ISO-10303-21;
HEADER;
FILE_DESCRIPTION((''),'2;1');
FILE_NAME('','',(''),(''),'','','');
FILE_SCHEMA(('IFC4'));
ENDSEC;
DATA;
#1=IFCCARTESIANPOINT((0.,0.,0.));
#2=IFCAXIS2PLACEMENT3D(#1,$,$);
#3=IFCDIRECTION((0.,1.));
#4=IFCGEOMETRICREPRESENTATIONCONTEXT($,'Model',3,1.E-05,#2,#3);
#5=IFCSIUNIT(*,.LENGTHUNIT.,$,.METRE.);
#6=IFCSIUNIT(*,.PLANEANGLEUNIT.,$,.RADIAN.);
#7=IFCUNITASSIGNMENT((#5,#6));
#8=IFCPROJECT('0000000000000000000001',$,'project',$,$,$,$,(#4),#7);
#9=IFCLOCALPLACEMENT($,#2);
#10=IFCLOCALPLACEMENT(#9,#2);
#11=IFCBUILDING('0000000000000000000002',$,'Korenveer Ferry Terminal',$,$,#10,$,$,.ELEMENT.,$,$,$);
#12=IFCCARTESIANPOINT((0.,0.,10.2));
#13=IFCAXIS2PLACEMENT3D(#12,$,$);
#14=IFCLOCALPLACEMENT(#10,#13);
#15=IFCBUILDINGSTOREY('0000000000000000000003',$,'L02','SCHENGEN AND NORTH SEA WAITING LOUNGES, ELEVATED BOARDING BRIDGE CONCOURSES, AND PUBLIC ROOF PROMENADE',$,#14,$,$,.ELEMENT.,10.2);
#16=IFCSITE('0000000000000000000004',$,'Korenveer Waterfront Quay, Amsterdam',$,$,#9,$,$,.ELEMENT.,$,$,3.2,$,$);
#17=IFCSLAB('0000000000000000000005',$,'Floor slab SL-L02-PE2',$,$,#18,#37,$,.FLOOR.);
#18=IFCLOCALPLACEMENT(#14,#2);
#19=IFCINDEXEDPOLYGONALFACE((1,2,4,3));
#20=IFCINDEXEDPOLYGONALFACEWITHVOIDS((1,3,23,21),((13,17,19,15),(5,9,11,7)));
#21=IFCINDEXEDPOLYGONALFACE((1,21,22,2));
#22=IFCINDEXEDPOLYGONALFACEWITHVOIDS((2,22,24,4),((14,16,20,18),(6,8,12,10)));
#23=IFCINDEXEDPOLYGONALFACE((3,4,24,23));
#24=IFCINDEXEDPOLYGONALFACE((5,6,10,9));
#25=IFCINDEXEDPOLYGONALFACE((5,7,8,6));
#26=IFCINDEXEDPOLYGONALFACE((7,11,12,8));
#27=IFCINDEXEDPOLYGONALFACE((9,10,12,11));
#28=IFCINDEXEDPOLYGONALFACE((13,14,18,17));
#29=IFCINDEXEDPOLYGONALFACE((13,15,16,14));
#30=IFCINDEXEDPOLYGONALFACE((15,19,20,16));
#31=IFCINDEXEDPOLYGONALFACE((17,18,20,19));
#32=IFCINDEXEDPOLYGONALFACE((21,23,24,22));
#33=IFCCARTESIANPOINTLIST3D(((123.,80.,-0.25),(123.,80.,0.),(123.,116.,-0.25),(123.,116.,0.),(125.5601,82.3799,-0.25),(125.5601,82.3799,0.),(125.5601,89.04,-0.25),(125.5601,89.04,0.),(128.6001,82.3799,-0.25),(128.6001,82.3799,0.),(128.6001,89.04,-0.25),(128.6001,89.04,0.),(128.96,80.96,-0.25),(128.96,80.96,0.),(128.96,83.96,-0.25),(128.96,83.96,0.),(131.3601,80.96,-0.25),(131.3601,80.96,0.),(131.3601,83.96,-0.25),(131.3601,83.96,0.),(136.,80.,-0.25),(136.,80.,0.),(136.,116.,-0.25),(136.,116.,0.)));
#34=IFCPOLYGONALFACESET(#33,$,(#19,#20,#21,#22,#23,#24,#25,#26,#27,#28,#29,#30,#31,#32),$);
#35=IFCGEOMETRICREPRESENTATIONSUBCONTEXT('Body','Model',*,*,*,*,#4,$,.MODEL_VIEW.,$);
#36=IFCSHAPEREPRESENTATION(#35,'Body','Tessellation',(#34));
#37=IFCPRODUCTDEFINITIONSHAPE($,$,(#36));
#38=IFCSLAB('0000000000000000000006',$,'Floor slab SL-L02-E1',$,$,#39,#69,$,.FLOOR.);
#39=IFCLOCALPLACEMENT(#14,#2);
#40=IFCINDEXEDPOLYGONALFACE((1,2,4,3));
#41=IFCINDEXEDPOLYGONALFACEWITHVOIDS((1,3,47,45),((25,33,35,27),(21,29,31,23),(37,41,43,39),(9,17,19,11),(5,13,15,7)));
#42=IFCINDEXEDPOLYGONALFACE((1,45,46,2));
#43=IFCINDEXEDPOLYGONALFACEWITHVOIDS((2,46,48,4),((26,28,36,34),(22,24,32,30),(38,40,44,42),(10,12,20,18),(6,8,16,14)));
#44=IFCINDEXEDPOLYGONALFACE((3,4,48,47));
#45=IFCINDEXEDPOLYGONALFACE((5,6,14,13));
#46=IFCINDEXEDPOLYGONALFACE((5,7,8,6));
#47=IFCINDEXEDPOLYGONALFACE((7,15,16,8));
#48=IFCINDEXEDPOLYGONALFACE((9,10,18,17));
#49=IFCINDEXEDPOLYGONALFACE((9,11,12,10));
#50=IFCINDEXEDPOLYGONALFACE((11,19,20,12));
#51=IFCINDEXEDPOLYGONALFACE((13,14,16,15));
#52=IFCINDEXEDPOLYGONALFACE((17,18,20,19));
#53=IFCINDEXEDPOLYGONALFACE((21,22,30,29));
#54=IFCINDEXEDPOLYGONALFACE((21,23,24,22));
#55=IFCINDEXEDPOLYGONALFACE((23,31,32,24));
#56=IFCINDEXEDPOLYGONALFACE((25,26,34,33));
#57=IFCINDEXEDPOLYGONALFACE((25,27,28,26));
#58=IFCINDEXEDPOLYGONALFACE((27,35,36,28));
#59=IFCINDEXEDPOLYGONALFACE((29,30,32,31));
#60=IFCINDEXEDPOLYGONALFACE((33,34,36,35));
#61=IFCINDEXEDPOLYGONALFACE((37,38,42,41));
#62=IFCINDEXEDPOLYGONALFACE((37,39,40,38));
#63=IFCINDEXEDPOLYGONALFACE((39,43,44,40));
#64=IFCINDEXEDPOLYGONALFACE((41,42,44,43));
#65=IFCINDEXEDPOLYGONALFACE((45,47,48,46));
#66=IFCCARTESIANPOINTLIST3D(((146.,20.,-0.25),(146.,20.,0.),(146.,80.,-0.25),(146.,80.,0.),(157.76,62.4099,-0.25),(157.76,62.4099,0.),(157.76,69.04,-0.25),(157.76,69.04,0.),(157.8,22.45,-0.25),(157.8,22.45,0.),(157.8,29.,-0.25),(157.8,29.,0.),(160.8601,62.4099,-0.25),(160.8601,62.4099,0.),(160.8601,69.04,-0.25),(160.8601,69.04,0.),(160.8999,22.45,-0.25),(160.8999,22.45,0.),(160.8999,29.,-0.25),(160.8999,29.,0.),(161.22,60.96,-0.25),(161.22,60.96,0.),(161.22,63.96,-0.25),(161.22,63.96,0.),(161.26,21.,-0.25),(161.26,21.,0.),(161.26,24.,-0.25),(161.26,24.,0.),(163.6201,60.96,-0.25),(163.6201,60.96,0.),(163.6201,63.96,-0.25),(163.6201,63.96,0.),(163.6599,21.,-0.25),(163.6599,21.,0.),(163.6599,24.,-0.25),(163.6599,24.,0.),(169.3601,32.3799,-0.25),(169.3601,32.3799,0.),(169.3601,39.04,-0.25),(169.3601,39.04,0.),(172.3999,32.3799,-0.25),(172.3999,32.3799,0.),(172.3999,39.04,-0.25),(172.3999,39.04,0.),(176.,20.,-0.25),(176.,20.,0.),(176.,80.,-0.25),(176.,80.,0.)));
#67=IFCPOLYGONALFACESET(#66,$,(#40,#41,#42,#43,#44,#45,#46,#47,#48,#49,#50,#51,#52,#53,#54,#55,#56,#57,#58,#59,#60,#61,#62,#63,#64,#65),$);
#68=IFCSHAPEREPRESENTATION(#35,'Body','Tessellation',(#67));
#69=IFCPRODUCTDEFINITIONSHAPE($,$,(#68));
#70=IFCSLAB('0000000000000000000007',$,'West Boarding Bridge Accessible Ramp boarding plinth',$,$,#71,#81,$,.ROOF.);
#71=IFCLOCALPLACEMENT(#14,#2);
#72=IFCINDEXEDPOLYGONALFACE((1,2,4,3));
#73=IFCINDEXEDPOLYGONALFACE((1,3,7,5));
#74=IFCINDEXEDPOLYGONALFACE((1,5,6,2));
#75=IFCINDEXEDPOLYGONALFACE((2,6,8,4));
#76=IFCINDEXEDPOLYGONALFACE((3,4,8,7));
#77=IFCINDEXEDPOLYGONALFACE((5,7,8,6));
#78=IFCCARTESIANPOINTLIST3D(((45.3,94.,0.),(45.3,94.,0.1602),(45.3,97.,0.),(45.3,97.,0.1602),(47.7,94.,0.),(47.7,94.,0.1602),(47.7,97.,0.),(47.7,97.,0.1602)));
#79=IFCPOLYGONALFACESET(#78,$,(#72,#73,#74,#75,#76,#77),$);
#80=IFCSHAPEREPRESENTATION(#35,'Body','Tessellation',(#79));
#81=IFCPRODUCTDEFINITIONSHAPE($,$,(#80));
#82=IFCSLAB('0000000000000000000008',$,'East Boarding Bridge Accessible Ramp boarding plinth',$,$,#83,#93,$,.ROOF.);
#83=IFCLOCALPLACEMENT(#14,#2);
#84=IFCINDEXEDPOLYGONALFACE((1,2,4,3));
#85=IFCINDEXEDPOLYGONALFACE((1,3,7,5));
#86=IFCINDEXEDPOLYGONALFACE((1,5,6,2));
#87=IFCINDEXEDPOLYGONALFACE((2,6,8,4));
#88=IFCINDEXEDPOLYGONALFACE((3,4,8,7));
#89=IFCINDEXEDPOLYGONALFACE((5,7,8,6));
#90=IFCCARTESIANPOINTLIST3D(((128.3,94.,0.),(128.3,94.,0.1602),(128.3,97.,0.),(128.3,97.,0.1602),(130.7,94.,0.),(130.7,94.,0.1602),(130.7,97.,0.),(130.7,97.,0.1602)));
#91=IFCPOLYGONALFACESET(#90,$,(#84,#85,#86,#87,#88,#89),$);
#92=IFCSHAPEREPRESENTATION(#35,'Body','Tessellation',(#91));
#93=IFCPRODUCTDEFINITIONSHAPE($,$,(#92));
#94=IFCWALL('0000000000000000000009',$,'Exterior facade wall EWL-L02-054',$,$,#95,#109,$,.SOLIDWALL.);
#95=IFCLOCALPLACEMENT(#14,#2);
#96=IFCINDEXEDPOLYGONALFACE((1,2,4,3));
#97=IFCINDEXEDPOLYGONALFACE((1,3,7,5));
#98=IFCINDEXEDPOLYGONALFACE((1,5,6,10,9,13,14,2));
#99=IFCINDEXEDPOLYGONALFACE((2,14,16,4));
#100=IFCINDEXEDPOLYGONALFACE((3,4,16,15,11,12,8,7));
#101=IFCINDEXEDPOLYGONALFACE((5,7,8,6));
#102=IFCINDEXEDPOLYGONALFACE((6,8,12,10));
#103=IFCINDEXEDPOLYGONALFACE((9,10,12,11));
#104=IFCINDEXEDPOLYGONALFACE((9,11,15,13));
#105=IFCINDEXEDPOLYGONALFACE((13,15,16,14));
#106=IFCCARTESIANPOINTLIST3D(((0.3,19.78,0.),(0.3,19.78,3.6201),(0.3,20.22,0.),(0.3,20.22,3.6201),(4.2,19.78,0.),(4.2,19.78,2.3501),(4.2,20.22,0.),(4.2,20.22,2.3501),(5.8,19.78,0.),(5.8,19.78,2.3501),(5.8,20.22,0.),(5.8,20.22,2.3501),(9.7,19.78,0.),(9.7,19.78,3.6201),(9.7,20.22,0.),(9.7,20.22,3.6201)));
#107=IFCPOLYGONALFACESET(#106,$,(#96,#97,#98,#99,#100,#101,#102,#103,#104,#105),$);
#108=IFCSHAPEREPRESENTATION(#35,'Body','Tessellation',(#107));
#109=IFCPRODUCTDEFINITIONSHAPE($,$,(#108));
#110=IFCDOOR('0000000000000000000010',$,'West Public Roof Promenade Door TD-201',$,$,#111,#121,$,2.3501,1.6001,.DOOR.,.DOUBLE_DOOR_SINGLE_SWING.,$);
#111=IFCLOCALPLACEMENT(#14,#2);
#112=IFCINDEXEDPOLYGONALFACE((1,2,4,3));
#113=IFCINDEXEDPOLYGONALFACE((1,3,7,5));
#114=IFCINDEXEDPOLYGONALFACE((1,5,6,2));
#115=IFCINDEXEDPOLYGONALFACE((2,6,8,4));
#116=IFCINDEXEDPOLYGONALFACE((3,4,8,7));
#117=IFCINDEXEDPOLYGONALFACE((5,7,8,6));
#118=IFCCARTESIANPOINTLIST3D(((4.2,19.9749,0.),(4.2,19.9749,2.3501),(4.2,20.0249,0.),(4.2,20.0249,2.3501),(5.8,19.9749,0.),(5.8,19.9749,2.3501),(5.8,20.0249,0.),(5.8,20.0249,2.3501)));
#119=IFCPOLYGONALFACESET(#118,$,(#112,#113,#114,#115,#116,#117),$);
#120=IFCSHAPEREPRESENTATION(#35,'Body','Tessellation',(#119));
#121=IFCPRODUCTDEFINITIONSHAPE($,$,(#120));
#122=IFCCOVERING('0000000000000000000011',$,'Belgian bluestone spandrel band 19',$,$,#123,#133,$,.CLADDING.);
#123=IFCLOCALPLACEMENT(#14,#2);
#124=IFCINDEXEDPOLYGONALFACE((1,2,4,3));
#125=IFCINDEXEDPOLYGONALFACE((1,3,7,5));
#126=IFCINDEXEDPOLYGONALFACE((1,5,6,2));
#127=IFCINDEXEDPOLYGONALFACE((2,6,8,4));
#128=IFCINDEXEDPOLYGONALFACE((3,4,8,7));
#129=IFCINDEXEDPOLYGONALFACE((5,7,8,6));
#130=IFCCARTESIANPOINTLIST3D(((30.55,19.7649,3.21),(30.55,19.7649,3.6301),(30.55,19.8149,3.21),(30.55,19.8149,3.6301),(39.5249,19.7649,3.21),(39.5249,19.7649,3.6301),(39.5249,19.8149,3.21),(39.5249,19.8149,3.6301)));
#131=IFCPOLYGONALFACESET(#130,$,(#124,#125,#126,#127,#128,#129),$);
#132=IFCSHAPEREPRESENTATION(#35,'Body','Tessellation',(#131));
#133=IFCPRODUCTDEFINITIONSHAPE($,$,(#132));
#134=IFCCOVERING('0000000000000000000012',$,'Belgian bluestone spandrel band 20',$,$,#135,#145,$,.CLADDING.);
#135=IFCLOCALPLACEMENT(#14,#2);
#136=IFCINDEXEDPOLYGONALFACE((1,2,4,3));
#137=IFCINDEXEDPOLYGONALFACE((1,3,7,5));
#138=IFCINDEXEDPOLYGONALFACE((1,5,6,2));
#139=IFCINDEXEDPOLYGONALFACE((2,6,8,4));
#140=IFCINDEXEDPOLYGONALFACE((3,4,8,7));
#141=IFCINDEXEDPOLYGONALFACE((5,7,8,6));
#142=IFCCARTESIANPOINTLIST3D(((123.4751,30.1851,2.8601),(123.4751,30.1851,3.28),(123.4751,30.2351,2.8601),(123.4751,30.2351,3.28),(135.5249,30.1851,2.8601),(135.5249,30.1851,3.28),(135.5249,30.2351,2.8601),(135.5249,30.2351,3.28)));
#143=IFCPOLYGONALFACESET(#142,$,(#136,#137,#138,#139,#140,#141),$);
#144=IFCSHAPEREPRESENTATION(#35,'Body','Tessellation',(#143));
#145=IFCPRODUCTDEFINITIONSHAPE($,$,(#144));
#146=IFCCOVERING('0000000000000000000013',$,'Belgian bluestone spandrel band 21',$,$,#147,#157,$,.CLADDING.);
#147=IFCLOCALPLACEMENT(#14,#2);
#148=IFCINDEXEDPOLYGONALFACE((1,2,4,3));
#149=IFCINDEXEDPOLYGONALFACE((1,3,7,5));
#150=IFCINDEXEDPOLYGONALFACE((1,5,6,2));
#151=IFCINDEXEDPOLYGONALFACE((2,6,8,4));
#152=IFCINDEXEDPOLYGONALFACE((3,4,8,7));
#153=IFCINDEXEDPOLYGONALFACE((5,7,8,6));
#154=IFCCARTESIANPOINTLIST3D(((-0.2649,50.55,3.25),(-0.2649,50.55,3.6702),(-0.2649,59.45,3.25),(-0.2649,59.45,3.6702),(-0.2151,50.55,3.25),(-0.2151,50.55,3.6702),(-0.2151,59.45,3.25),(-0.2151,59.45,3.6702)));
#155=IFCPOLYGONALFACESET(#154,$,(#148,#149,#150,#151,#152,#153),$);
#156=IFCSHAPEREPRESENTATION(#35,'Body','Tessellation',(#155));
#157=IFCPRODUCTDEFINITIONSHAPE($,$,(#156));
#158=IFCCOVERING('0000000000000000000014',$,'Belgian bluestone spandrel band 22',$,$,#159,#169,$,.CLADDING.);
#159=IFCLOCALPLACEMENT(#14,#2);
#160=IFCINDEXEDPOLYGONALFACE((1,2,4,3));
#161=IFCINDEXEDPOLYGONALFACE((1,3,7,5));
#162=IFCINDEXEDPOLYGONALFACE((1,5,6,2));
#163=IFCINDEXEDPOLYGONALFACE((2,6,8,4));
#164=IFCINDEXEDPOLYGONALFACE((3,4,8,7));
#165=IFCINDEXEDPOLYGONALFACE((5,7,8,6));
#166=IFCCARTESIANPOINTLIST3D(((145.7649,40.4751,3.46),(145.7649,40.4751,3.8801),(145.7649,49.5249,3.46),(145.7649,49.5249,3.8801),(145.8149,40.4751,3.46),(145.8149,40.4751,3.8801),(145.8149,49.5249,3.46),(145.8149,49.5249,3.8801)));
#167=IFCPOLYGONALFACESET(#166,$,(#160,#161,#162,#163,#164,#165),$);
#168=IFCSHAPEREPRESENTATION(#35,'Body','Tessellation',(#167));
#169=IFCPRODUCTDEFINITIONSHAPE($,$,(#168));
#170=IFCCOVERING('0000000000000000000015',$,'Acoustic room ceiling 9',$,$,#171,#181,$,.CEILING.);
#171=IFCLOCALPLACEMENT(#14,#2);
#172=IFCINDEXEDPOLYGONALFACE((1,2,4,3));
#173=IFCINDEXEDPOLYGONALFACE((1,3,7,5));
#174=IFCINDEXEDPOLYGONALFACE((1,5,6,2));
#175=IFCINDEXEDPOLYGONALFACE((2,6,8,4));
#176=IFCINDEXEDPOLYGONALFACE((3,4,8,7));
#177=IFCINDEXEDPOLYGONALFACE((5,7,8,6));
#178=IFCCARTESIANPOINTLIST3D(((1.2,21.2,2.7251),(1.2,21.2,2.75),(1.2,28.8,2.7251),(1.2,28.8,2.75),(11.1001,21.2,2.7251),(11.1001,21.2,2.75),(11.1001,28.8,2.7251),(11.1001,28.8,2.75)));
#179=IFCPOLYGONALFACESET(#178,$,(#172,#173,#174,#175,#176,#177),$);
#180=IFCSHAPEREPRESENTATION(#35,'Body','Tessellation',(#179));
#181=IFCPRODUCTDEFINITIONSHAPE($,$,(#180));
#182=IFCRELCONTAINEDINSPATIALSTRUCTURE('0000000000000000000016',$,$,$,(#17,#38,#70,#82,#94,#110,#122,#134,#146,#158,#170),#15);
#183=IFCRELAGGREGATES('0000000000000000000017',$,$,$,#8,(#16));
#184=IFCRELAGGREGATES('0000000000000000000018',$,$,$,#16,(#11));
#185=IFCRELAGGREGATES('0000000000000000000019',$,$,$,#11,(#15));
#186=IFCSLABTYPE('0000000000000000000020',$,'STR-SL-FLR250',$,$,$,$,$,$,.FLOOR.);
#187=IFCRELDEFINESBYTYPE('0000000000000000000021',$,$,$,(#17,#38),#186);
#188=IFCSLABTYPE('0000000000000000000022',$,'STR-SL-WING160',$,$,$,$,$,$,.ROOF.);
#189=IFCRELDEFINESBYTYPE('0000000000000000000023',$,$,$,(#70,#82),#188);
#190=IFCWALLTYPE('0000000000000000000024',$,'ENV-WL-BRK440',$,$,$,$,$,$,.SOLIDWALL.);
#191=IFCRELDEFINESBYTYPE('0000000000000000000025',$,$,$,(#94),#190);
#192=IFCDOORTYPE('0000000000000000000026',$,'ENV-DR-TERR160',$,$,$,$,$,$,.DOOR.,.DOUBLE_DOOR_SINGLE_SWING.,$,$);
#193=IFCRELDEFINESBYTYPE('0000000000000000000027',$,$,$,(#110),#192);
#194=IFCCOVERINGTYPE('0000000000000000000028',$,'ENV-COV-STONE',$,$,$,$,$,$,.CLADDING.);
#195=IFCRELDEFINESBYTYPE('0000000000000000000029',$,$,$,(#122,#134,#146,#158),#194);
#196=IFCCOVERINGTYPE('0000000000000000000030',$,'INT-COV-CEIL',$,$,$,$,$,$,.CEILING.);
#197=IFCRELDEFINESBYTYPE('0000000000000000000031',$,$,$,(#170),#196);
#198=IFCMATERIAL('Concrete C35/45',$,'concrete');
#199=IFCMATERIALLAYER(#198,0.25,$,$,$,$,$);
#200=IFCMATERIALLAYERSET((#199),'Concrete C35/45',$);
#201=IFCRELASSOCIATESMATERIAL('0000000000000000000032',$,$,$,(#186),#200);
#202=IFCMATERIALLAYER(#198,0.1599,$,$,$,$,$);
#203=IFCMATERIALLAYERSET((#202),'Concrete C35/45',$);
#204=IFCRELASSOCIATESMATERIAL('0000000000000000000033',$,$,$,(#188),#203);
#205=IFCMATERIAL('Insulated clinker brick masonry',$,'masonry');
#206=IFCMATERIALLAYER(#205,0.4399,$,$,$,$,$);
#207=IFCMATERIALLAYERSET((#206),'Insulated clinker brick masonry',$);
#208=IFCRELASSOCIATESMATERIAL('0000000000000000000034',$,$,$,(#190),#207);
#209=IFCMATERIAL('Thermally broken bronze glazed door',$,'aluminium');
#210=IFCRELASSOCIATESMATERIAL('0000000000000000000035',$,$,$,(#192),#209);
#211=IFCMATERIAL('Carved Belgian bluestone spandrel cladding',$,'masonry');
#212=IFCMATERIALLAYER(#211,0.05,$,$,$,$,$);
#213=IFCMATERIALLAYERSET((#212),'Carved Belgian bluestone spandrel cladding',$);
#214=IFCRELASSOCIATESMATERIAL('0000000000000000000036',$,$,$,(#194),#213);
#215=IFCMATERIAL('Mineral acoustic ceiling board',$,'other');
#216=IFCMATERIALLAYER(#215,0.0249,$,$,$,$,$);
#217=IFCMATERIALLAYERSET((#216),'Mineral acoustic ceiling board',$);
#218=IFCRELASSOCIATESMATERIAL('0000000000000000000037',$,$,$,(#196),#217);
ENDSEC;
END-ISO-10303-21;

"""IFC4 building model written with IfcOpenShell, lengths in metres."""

from ifc_helpers import new_model, si_unit, direction, frame, frame_2d, origin, place, context, subcontext, project, spatial, polyline, rectangle, outline, extrude, material, layer, layer_set, type_object, element, fill, save


model = new_model("IFC4")

# Units and contexts
model_context = context("Model", 3, precision=1e-05, world=origin(), true_north=direction((0.0, 1.0)))
body_context = subcontext(model_context, "Body", "Model", "MODEL_VIEW")
ifc_project = project(units=[si_unit("LENGTHUNIT", "METRE"), si_unit("PLANEANGLEUNIT", "RADIAN")], contexts=[model_context])

# Site, building, storey
site_placement = place(None, origin())
site = spatial("IfcSite", under=ifc_project, at=site_placement, Name="Korenveer Waterfront Quay, Amsterdam", CompositionType="ELEMENT", RefElevation=3.2)
building_placement = place(site_placement, origin())
building = spatial("IfcBuilding", under=site, at=building_placement, Name="Korenveer Ferry Terminal", CompositionType="ELEMENT")
storey_placement = place(building_placement, frame((0.0, 0.0, 10.2)))
storey = spatial("IfcBuildingStorey", under=building, at=storey_placement, Name="L02", Description="SCHENGEN AND NORTH SEA WAITING LOUNGES, ELEVATED BOARDING BRIDGE CONCOURSES, AND PUBLIC ROOF PROMENADE", CompositionType="ELEMENT", Elevation=10.2)

# Slabs
ifc_material_1 = material(Name="Concrete C35/45", Category="concrete")
ifc_layer_1 = layer(ifc_material_1, 0.25)
ifc_layer_set_1 = layer_set([ifc_layer_1], Name="Concrete C35/45")
slab_type_1 = type_object("IfcSlabType", Name="STR-SL-FLR250", PredefinedType="FLOOR", material=ifc_layer_set_1)
slab_1_placement = place(storey_placement, frame((0.0, 0.0, -0.25)))
element("IfcSlab", 1, at=slab_1_placement, inside=storey, type_object=slab_type_1, Name="Floor slab SL-L02-PE2", PredefinedType="FLOOR", context=body_context, shape_type="SweptSolid", body=[
    extrude(outline(polyline([(123.0, 80.0), (136.0, 80.0), (136.0, 116.0), (123.0, 116.0), (123.0, 80.0)]), holes=[polyline([(128.6001, 82.3799), (128.6001, 89.04), (125.5601, 89.04), (125.5601, 82.3799), (128.6001, 82.3799)]), polyline([(128.96, 80.96), (131.3601, 80.96), (131.3601, 83.96), (128.96, 83.96), (128.96, 80.96)])]), origin(), (0.0, 0.0, 1.0), 0.25),
])
slab_2_placement = place(storey_placement, frame((0.0, 0.0, -0.25)))
element("IfcSlab", 2, at=slab_2_placement, inside=storey, type_object=slab_type_1, Name="Floor slab SL-L02-E1", PredefinedType="FLOOR", context=body_context, shape_type="SweptSolid", body=[
    extrude(outline(polyline([(146.0, 20.0), (176.0, 20.0), (176.0, 80.0), (146.0, 80.0), (146.0, 20.0)]), holes=[polyline([(160.8999, 22.45), (160.8999, 29.0), (157.8, 29.0), (157.8, 22.45), (160.8999, 22.45)]), polyline([(161.26, 21.0), (163.6599, 21.0), (163.6599, 24.0), (161.26, 24.0), (161.26, 21.0)]), polyline([(160.8601, 62.4099), (160.8601, 69.04), (157.76, 69.04), (157.76, 62.4099), (160.8601, 62.4099)]), polyline([(161.22, 60.96), (163.6201, 60.96), (163.6201, 63.96), (161.22, 63.96), (161.22, 60.96)]), polyline([(172.3999, 32.3799), (172.3999, 39.04), (169.3601, 39.04), (169.3601, 32.3799), (172.3999, 32.3799)])]), origin(), (0.0, 0.0, 1.0), 0.25),
])
ifc_layer_2 = layer(ifc_material_1, 0.1599)
ifc_layer_set_2 = layer_set([ifc_layer_2], Name="Concrete C35/45")
slab_type_2 = type_object("IfcSlabType", Name="STR-SL-WING160", PredefinedType="ROOF", material=ifc_layer_set_2)
slab_3_placement = place(storey_placement, origin())
element("IfcSlab", 3, at=slab_3_placement, inside=storey, type_object=slab_type_2, Name="West Boarding Bridge Accessible Ramp boarding plinth", PredefinedType="ROOF", context=body_context, shape_type="SweptSolid", body=[
    extrude(outline(polyline([(45.3, 94.0), (47.7, 94.0), (47.7, 97.0), (45.3, 97.0), (45.3, 94.0)])), origin(), (0.0, 0.0, 1.0), 0.1602),
])
slab_4_placement = place(storey_placement, origin())
element("IfcSlab", 4, at=slab_4_placement, inside=storey, type_object=slab_type_2, Name="East Boarding Bridge Accessible Ramp boarding plinth", PredefinedType="ROOF", context=body_context, shape_type="SweptSolid", body=[
    extrude(outline(polyline([(128.3, 94.0), (130.7, 94.0), (130.7, 97.0), (128.3, 97.0), (128.3, 94.0)])), origin(), (0.0, 0.0, 1.0), 0.1602),
])

# Wall, opening, door
ifc_material_2 = material(Name="Insulated clinker brick masonry", Category="masonry")
ifc_layer_3 = layer(ifc_material_2, 0.4399)
ifc_layer_set_3 = layer_set([ifc_layer_3], Name="Insulated clinker brick masonry")
wall_type = type_object("IfcWallType", Name="ENV-WL-BRK440", PredefinedType="SOLIDWALL", material=ifc_layer_set_3)
wall_placement = place(storey_placement, frame((0.3, 20.0, 0.0), z_axis=(0.0, 0.0, 1.0), x_axis=(1.0, 0.0, 0.0)))
wall = element("IfcWall", 5, at=wall_placement, inside=storey, type_object=wall_type, Name="Exterior facade wall EWL-L02-054", PredefinedType="SOLIDWALL", context=body_context, shape_type="SweptSolid", body=[
    extrude(rectangle(XDim=9.3999, YDim=0.4399, at=frame_2d((4.7, 0.0))), origin(), (0.0, 0.0, 1.0), 3.6201),
])
opening_placement = place(wall_placement, frame((3.8999, 0.0, 0.0)))
opening = element("IfcOpeningElement", 6, at=opening_placement, cuts=wall, PredefinedType="OPENING", context=body_context, shape_type="SweptSolid", body=[
    extrude(rectangle(XDim=1.6001, YDim=2.3501, at=frame_2d((0.8, 1.175))), frame((0.0, 0.23, 0.0), z_axis=(0.0, -1.0, 0.0), x_axis=(1.0, 0.0, 0.0)), (0.0, 0.0, 1.0), 0.46),
])
ifc_material_3 = material(Name="Thermally broken bronze glazed door", Category="aluminium")
door_type = type_object("IfcDoorType", Name="ENV-DR-TERR160", OperationType="DOUBLE_DOOR_SINGLE_SWING", PredefinedType="DOOR", material=ifc_material_3)
door_placement = place(opening_placement, origin())
door = element("IfcDoor", 7, at=door_placement, inside=storey, type_object=door_type, Name="West Public Roof Promenade Door TD-201", OperationType="DOUBLE_DOOR_SINGLE_SWING", OverallHeight=2.3501, OverallWidth=1.6001, PredefinedType="DOOR", context=body_context, shape_type="SweptSolid", body=[
    extrude(rectangle(XDim=1.6001, YDim=2.3501, at=frame_2d((0.8, 1.175))), frame((0.0, 0.0249, 0.0), z_axis=(0.0, -1.0, 0.0), x_axis=(1.0, 0.0, 0.0)), (0.0, 0.0, 1.0), 0.05),
])
fill(opening, door)

# Coverings
ifc_material_4 = material(Name="Carved Belgian bluestone spandrel cladding", Category="masonry")
ifc_layer_4 = layer(ifc_material_4, 0.05)
ifc_layer_set_4 = layer_set([ifc_layer_4], Name="Carved Belgian bluestone spandrel cladding")
covering_type_1 = type_object("IfcCoveringType", Name="ENV-COV-STONE", PredefinedType="CLADDING", material=ifc_layer_set_4)
covering_1_placement = place(storey_placement, frame((0.0, 0.0, 3.21)))
element("IfcCovering", 8, at=covering_1_placement, inside=storey, type_object=covering_type_1, Name="Belgian bluestone spandrel band 19", PredefinedType="CLADDING", context=body_context, shape_type="SweptSolid", body=[
    extrude(outline(polyline([(30.55, 19.7649), (39.5249, 19.7649), (39.5249, 19.8149), (30.55, 19.8149), (30.55, 19.7649)])), origin(), (0.0, 0.0, 1.0), 0.4202),
])
covering_2_placement = place(storey_placement, frame((0.0, 0.0, 2.8601)))
element("IfcCovering", 9, at=covering_2_placement, inside=storey, type_object=covering_type_1, Name="Belgian bluestone spandrel band 20", PredefinedType="CLADDING", context=body_context, shape_type="SweptSolid", body=[
    extrude(outline(polyline([(123.4751, 30.1851), (135.5249, 30.1851), (135.5249, 30.2351), (123.4751, 30.2351), (123.4751, 30.1851)])), origin(), (0.0, 0.0, 1.0), 0.4199),
])
covering_3_placement = place(storey_placement, frame((0.0, 0.0, 3.25)))
element("IfcCovering", 10, at=covering_3_placement, inside=storey, type_object=covering_type_1, Name="Belgian bluestone spandrel band 21", PredefinedType="CLADDING", context=body_context, shape_type="SweptSolid", body=[
    extrude(outline(polyline([(-0.2649, 50.55), (-0.2151, 50.55), (-0.2151, 59.45), (-0.2649, 59.45), (-0.2649, 50.55)])), origin(), (0.0, 0.0, 1.0), 0.4202),
])
covering_4_placement = place(storey_placement, frame((0.0, 0.0, 3.46)))
element("IfcCovering", 11, at=covering_4_placement, inside=storey, type_object=covering_type_1, Name="Belgian bluestone spandrel band 22", PredefinedType="CLADDING", context=body_context, shape_type="SweptSolid", body=[
    extrude(outline(polyline([(145.7649, 40.4751), (145.8149, 40.4751), (145.8149, 49.5249), (145.7649, 49.5249), (145.7649, 40.4751)])), origin(), (0.0, 0.0, 1.0), 0.4202),
])

# Covering
ifc_material_5 = material(Name="Mineral acoustic ceiling board", Category="other")
ifc_layer_5 = layer(ifc_material_5, 0.0249)
ifc_layer_set_5 = layer_set([ifc_layer_5], Name="Mineral acoustic ceiling board")
covering_type_2 = type_object("IfcCoveringType", Name="INT-COV-CEIL", PredefinedType="CEILING", material=ifc_layer_set_5)
covering_5_placement = place(storey_placement, frame((0.0, 0.0, 2.7251)))
element("IfcCovering", 12, at=covering_5_placement, inside=storey, type_object=covering_type_2, Name="Acoustic room ceiling 9", PredefinedType="CEILING", context=body_context, shape_type="SweptSolid", body=[
    extrude(outline(polyline([(1.2, 21.2), (11.1001, 21.2), (11.1001, 28.8), (1.2, 28.8), (1.2, 21.2)])), origin(), (0.0, 0.0, 1.0), 0.0249),
])

save(model, "model.ifc")
